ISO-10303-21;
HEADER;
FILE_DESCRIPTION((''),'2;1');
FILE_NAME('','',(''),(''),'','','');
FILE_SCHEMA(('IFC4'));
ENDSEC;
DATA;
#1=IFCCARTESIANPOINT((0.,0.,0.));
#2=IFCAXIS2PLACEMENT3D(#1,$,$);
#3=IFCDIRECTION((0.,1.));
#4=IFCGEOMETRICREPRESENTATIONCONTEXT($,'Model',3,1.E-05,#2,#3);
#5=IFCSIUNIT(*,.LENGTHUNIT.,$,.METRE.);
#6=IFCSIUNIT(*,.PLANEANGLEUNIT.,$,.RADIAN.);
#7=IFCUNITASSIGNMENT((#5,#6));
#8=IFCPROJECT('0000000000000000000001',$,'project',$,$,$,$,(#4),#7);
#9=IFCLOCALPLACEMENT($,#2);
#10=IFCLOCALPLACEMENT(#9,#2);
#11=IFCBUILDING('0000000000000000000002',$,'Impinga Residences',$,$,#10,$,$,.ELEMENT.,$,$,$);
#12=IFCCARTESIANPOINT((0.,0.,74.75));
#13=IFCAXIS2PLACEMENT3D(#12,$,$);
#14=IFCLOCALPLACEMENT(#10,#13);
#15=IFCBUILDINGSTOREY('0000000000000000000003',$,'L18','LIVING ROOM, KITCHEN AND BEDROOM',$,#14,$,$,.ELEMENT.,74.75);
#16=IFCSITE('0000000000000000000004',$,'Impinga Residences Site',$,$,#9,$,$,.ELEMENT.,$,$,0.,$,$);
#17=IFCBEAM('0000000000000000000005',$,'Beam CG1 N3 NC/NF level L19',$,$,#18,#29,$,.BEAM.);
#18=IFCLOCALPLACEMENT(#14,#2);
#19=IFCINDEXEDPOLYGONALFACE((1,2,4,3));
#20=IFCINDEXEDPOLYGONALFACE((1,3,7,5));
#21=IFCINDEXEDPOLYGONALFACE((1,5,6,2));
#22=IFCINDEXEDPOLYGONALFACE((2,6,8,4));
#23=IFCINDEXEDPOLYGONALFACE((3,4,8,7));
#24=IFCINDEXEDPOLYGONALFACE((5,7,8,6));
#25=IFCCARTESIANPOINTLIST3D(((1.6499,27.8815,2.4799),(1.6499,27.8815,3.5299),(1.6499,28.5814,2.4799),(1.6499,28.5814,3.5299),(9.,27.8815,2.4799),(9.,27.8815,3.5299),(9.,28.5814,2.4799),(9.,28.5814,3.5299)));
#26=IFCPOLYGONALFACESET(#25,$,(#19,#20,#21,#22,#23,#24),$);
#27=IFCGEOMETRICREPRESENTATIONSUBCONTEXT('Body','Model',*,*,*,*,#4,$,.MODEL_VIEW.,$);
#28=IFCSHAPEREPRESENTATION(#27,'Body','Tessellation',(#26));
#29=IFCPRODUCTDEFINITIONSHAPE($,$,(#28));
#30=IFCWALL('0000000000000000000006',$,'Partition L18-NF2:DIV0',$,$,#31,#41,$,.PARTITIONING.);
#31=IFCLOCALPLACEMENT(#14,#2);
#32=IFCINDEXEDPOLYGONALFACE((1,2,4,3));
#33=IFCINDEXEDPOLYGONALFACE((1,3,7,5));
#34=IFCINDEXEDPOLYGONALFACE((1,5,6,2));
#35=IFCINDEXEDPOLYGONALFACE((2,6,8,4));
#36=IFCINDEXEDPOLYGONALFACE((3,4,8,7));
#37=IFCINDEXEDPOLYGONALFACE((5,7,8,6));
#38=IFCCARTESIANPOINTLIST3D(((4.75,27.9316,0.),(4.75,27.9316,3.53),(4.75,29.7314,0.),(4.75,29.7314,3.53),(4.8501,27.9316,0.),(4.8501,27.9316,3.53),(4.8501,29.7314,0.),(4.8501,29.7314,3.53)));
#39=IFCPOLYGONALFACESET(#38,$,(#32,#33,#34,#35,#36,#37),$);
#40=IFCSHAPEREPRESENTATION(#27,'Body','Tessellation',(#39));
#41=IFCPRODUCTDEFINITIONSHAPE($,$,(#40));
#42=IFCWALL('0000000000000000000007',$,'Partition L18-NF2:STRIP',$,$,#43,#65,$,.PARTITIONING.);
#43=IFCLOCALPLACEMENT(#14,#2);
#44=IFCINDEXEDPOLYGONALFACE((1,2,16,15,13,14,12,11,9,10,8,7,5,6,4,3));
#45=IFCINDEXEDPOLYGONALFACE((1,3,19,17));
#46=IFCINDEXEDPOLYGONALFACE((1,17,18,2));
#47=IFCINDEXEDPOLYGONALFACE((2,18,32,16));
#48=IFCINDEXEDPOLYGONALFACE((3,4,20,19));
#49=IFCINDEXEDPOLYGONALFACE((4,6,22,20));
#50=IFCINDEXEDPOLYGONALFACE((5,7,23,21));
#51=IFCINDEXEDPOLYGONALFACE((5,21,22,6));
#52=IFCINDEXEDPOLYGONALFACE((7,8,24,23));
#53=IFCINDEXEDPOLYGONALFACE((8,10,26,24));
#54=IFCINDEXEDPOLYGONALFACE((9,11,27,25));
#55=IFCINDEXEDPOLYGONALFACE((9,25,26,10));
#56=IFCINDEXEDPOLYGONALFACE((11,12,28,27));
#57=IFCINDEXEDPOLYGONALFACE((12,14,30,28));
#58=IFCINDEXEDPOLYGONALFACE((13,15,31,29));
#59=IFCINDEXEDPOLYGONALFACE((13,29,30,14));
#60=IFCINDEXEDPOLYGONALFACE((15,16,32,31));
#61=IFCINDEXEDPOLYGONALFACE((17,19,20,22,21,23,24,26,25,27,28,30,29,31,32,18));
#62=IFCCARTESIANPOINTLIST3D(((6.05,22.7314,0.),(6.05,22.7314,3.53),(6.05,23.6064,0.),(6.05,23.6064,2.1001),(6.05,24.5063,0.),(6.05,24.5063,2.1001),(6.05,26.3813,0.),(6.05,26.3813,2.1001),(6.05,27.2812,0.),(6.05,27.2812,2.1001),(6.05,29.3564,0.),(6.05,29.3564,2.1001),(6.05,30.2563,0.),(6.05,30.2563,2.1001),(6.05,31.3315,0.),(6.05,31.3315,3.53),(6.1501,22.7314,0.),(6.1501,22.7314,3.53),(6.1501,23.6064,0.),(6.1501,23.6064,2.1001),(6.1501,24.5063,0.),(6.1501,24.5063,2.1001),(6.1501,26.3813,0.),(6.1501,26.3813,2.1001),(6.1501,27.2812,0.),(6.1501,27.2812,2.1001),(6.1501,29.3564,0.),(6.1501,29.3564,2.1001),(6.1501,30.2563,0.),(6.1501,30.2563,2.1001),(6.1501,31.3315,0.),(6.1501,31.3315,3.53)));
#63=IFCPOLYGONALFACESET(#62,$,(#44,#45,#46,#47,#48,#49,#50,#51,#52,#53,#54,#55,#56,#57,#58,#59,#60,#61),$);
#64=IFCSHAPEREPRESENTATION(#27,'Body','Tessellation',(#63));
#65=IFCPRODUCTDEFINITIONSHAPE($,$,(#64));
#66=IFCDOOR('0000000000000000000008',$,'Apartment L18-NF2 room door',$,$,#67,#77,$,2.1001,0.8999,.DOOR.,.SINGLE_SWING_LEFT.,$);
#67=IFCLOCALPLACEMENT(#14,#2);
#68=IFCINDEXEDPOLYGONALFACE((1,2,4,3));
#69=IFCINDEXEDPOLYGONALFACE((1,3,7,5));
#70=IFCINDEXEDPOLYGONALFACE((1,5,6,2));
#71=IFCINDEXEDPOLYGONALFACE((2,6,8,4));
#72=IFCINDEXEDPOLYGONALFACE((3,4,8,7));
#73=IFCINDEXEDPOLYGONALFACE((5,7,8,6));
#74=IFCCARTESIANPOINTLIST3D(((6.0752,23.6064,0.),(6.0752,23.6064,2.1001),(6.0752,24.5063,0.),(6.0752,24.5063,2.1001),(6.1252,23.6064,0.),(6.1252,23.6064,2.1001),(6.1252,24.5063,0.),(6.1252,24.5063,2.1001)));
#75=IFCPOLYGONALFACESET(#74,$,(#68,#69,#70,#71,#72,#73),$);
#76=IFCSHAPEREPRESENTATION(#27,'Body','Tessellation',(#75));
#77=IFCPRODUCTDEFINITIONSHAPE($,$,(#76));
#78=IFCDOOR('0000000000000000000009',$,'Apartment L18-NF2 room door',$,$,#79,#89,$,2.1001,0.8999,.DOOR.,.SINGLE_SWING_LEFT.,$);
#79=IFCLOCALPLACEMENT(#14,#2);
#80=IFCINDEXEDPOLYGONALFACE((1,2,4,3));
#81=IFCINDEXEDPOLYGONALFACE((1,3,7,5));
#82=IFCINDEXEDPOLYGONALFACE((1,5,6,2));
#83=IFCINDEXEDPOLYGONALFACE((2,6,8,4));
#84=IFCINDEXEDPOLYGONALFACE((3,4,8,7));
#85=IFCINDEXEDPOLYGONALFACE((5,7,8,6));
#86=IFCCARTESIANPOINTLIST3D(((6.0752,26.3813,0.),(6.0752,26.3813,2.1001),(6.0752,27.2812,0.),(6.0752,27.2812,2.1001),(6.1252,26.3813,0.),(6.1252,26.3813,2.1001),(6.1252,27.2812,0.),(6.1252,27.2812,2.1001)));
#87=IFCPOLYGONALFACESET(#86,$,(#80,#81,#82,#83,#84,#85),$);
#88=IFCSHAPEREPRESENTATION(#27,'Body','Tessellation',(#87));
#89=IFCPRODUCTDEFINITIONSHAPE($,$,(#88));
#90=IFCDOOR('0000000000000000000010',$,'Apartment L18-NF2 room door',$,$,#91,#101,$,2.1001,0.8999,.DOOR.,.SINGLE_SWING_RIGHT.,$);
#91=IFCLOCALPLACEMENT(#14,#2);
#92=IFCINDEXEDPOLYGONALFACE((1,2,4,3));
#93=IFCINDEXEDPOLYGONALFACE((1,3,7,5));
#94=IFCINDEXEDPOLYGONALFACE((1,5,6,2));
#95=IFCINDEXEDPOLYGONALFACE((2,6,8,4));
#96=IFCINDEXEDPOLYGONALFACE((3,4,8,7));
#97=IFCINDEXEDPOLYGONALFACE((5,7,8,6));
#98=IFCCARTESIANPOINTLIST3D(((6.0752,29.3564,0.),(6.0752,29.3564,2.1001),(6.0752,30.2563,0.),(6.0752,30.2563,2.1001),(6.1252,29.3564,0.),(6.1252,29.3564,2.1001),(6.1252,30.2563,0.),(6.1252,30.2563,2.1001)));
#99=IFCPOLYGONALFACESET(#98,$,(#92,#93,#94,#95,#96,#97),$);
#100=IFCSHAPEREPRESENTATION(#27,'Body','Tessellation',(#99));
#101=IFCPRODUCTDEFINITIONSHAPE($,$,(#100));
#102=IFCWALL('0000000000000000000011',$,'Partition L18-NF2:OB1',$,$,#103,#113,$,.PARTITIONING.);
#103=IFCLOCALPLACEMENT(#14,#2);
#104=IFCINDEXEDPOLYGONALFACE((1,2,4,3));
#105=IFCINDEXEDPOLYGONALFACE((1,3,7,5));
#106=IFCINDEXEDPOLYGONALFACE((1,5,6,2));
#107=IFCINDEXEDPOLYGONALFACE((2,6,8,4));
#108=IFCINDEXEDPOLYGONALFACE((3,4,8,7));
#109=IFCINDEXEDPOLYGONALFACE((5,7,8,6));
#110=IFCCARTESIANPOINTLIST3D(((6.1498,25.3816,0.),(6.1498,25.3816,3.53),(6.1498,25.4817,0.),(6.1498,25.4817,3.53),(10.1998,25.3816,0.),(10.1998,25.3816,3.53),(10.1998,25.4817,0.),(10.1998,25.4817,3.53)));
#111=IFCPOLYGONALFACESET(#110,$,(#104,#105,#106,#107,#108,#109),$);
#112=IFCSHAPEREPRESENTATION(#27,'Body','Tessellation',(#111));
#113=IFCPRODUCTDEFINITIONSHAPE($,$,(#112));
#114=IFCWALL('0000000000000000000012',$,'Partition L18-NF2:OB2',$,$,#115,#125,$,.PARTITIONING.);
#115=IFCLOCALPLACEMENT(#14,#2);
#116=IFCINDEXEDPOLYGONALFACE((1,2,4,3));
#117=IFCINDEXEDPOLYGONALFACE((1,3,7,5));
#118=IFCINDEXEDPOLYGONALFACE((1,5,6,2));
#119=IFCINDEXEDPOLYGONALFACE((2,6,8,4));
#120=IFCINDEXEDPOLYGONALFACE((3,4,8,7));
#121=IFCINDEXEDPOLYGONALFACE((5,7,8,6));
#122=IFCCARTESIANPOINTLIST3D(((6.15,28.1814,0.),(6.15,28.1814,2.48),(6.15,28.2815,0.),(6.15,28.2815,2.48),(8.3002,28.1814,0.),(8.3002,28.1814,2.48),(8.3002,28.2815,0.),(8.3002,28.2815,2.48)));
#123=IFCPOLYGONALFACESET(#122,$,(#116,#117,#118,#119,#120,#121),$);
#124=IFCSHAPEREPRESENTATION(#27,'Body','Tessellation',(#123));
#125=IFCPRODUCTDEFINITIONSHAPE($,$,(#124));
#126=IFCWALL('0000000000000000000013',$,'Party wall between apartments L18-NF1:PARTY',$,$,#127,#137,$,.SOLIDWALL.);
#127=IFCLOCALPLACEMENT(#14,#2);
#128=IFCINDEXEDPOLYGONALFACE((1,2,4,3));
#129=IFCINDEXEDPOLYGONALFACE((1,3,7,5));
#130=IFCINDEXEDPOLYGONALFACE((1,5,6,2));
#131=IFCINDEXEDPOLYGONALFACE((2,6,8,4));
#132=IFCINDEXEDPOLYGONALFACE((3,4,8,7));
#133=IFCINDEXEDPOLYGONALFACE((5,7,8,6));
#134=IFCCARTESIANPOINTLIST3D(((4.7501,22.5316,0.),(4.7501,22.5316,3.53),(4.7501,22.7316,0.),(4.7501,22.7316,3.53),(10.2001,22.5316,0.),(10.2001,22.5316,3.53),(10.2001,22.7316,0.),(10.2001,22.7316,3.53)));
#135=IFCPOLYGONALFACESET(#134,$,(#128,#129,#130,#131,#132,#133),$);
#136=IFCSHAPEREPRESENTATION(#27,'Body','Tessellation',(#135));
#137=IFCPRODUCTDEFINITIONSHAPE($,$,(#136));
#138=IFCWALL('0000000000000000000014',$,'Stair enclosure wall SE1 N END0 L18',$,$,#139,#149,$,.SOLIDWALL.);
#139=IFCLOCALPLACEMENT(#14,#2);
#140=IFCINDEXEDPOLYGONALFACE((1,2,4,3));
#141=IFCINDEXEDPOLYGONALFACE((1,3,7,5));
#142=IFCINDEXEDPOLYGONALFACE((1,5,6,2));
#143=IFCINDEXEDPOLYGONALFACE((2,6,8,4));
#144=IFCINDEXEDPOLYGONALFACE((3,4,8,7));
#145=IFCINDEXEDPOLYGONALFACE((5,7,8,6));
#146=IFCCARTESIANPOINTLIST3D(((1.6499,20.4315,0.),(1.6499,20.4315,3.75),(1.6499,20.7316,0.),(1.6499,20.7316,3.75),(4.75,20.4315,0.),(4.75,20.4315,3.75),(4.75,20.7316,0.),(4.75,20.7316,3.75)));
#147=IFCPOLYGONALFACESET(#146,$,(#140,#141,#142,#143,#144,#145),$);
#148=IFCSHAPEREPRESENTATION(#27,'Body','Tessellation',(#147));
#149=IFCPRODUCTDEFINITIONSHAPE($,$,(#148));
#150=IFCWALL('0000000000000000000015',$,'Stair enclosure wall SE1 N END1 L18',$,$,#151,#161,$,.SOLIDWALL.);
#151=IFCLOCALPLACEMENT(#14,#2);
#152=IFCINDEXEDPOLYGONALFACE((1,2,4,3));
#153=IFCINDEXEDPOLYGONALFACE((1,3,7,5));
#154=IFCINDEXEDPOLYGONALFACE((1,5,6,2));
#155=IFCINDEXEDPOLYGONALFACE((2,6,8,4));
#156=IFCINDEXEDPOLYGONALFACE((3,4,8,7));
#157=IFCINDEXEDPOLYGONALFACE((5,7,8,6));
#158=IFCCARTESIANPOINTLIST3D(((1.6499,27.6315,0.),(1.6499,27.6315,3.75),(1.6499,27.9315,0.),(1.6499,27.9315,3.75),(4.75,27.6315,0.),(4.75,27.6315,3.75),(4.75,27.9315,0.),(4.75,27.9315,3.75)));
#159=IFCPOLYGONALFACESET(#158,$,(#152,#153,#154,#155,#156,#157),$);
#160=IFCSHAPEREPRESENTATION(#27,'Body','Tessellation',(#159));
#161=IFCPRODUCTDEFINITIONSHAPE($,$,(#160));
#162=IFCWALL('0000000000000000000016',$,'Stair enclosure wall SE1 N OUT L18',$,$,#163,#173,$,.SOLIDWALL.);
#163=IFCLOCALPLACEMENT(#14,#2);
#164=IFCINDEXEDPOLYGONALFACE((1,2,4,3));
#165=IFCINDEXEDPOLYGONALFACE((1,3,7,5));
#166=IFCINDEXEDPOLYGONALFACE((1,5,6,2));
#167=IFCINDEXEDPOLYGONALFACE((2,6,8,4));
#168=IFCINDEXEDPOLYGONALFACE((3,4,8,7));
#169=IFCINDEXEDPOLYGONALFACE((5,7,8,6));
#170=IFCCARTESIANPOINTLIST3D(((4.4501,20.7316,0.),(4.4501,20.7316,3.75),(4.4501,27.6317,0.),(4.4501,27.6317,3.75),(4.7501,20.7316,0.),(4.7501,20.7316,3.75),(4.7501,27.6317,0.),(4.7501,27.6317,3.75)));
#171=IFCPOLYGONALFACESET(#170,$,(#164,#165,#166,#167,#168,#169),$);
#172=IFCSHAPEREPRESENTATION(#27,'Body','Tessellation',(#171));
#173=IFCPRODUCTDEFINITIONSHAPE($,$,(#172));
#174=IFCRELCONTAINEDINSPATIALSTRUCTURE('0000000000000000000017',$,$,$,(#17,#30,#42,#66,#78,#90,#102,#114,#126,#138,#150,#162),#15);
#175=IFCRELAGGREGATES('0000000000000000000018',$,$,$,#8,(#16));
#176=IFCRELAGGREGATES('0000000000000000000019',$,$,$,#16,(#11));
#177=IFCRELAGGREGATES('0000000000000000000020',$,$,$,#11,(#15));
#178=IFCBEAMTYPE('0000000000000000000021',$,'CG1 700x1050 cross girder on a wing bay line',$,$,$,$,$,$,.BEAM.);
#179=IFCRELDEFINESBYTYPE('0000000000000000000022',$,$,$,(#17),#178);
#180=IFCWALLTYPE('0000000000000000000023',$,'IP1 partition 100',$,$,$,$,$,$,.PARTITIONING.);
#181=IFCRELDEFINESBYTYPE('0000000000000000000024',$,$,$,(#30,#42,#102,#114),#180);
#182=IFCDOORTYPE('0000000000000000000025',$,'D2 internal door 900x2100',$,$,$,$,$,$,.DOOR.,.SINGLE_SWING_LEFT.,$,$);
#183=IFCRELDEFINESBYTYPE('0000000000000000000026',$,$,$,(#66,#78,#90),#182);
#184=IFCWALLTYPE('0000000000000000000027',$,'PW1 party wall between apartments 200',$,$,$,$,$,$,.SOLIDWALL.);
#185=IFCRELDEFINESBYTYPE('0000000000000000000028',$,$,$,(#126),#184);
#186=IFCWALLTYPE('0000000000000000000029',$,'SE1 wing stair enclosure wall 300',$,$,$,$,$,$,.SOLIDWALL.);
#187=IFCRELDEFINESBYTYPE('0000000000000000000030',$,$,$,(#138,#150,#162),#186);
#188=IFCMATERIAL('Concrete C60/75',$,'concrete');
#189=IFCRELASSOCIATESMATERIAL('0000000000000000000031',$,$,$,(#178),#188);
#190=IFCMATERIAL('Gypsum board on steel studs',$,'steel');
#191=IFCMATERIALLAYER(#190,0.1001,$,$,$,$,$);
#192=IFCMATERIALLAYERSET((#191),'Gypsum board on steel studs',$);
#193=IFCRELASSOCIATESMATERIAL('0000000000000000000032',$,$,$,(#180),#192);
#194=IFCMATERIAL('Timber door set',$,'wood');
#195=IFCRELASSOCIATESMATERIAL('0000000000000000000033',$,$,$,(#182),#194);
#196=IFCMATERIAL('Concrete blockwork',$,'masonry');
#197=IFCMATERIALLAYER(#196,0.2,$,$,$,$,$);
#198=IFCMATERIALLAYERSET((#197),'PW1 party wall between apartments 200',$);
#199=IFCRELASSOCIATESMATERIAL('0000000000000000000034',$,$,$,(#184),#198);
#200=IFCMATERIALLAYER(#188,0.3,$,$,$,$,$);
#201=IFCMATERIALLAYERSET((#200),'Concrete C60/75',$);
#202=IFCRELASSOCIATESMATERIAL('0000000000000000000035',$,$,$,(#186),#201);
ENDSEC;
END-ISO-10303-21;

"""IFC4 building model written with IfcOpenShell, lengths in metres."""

from ifc_helpers import new_model, si_unit, direction, frame, frame_2d, origin, origin_2d, place, context, subcontext, project, spatial, rectangle, extrude, material, layer, layer_set, material_profile, profile_set, type_object, element, fill, save


model = new_model("IFC4")

# Units and contexts
model_context = context("Model", 3, precision=1e-05, world=origin(), true_north=direction((0.0, 1.0)))
body_context = subcontext(model_context, "Body", "Model", "MODEL_VIEW")
ifc_project = project(units=[si_unit("LENGTHUNIT", "METRE"), si_unit("PLANEANGLEUNIT", "RADIAN")], contexts=[model_context])

# Site, building, storey
site_placement = place(None, origin())
site = spatial("IfcSite", under=ifc_project, at=site_placement, Name="Impinga Residences Site", CompositionType="ELEMENT", RefElevation=0.0)
building_placement = place(site_placement, origin())
building = spatial("IfcBuilding", under=site, at=building_placement, Name="Impinga Residences", CompositionType="ELEMENT")
storey_placement = place(building_placement, frame((0.0, 0.0, 74.75)))
storey = spatial("IfcBuildingStorey", under=building, at=storey_placement, Name="L18", Description="LIVING ROOM, KITCHEN AND BEDROOM", CompositionType="ELEMENT", Elevation=74.75)

# Beam
ifc_material_1 = material(Name="Concrete C60/75", Category="concrete")
ifc_material_profile = material_profile(ifc_material_1, rectangle(XDim=0.7, YDim=1.05, at=origin_2d()), Name="RC 700x1050")
ifc_profile_set = profile_set([ifc_material_profile], Name="Concrete C60/75")
beam_type = type_object("IfcBeamType", Name="CG1 700x1050 cross girder on a wing bay line", PredefinedType="BEAM", material=ifc_profile_set)
beam_placement = place(storey_placement, frame((1.6499, 28.2314, 3.0049), z_axis=(1.0, 0.0, 0.0), x_axis=(0.0, 1.0, 0.0)))
element("IfcBeam", 1, at=beam_placement, inside=storey, type_object=beam_type, Name="Beam CG1 N3 NC/NF level L19", PredefinedType="BEAM", context=body_context, shape_type="SweptSolid", body=[
    extrude(rectangle(XDim=0.7, YDim=1.05, at=origin_2d()), origin(), (0.0, 0.0, 1.0), 7.3501),
])

# Wall
ifc_material_2 = material(Name="Gypsum board on steel studs", Category="steel")
ifc_layer_1 = layer(ifc_material_2, 0.1001)
ifc_layer_set_1 = layer_set([ifc_layer_1], Name="Gypsum board on steel studs")
wall_type_1 = type_object("IfcWallType", Name="IP1 partition 100", PredefinedType="PARTITIONING", material=ifc_layer_set_1)
wall_1_placement = place(storey_placement, frame((4.8, 27.9316, 0.0), z_axis=(0.0, 0.0, 1.0), x_axis=(0.0, 1.0, 0.0)))
element("IfcWall", 2, at=wall_1_placement, inside=storey, type_object=wall_type_1, Name="Partition L18-NF2:DIV0", PredefinedType="PARTITIONING", context=body_context, shape_type="SweptSolid", body=[
    extrude(rectangle(XDim=1.7998, YDim=0.1001, at=frame_2d((0.8999, 0.0))), origin(), (0.0, 0.0, 1.0), 3.53),
])

# Wall, openings, doors
wall_2_placement = place(storey_placement, frame((6.1001, 22.7314, 0.0), z_axis=(0.0, 0.0, 1.0), x_axis=(0.0, 1.0, 0.0)))
wall_2 = element("IfcWall", 3, at=wall_2_placement, inside=storey, type_object=wall_type_1, Name="Partition L18-NF2:STRIP", PredefinedType="PARTITIONING", context=body_context, shape_type="SweptSolid", body=[
    extrude(rectangle(XDim=8.6001, YDim=0.1001, at=frame_2d((4.3, 0.0))), origin(), (0.0, 0.0, 1.0), 3.53),
])
opening_1_placement = place(wall_2_placement, frame((0.875, 0.0, 0.0)))
opening_1 = element("IfcOpeningElement", 4, at=opening_1_placement, cuts=wall_2, PredefinedType="OPENING", context=body_context, shape_type="SweptSolid", body=[
    extrude(rectangle(XDim=0.8999, YDim=2.1001, at=frame_2d((0.45, 1.05))), frame((0.0, 0.0601, 0.0), z_axis=(0.0, -1.0, 0.0), x_axis=(1.0, 0.0, 0.0)), (0.0, 0.0, 1.0), 0.1201),
])
opening_2_placement = place(wall_2_placement, frame((3.6499, 0.0, 0.0)))
opening_2 = element("IfcOpeningElement", 5, at=opening_2_placement, cuts=wall_2, PredefinedType="OPENING", context=body_context, shape_type="SweptSolid", body=[
    extrude(rectangle(XDim=0.8999, YDim=2.1001, at=frame_2d((0.45, 1.05))), frame((0.0, 0.0601, 0.0), z_axis=(0.0, -1.0, 0.0), x_axis=(1.0, 0.0, 0.0)), (0.0, 0.0, 1.0), 0.1201),
])
opening_3_placement = place(wall_2_placement, frame((6.625, 0.0, 0.0)))
opening_3 = element("IfcOpeningElement", 6, at=opening_3_placement, cuts=wall_2, PredefinedType="OPENING", context=body_context, shape_type="SweptSolid", body=[
    extrude(rectangle(XDim=0.8999, YDim=2.1001, at=frame_2d((0.45, 1.05))), frame((0.0, 0.0601, 0.0), z_axis=(0.0, -1.0, 0.0), x_axis=(1.0, 0.0, 0.0)), (0.0, 0.0, 1.0), 0.1201),
])
ifc_material_3 = material(Name="Timber door set", Category="wood")
door_type = type_object("IfcDoorType", Name="D2 internal door 900x2100", OperationType="SINGLE_SWING_LEFT", PredefinedType="DOOR", material=ifc_material_3)
door_1_placement = place(opening_1_placement, origin())
door_1 = element("IfcDoor", 7, at=door_1_placement, inside=storey, type_object=door_type, Name="Apartment L18-NF2 room door", OperationType="SINGLE_SWING_LEFT", OverallHeight=2.1001, OverallWidth=0.8999, PredefinedType="DOOR", context=body_context, shape_type="SweptSolid", body=[
    extrude(rectangle(XDim=0.8999, YDim=2.1001, at=frame_2d((0.45, 1.05))), frame((0.0, 0.0249, 0.0), z_axis=(0.0, -1.0, 0.0), x_axis=(1.0, 0.0, 0.0)), (0.0, 0.0, 1.0), 0.05),
])
fill(opening_1, door_1)
door_2_placement = place(opening_2_placement, origin())
door_2 = element("IfcDoor", 8, at=door_2_placement, inside=storey, type_object=door_type, Name="Apartment L18-NF2 room door", OperationType="SINGLE_SWING_LEFT", OverallHeight=2.1001, OverallWidth=0.8999, PredefinedType="DOOR", context=body_context, shape_type="SweptSolid", body=[
    extrude(rectangle(XDim=0.8999, YDim=2.1001, at=frame_2d((0.45, 1.05))), frame((0.0, 0.0249, 0.0), z_axis=(0.0, -1.0, 0.0), x_axis=(1.0, 0.0, 0.0)), (0.0, 0.0, 1.0), 0.05),
])
fill(opening_2, door_2)
door_3_placement = place(opening_3_placement, origin())
door_3 = element("IfcDoor", 9, at=door_3_placement, inside=storey, type_object=door_type, Name="Apartment L18-NF2 room door", OperationType="SINGLE_SWING_RIGHT", OverallHeight=2.1001, OverallWidth=0.8999, PredefinedType="DOOR", context=body_context, shape_type="SweptSolid", body=[
    extrude(rectangle(XDim=0.8999, YDim=2.1001, at=frame_2d((0.45, 1.05))), frame((0.0, 0.0249, 0.0), z_axis=(0.0, -1.0, 0.0), x_axis=(1.0, 0.0, 0.0)), (0.0, 0.0, 1.0), 0.05),
])
fill(opening_3, door_3)

# Walls
wall_3_placement = place(storey_placement, frame((6.1499, 25.4316, 0.0), z_axis=(0.0, 0.0, 1.0), x_axis=(1.0, 0.0, 0.0)))
element("IfcWall", 10, at=wall_3_placement, inside=storey, type_object=wall_type_1, Name="Partition L18-NF2:OB1", PredefinedType="PARTITIONING", context=body_context, shape_type="SweptSolid", body=[
    extrude(rectangle(XDim=4.05, YDim=0.1001, at=frame_2d((2.0249, 0.0))), origin(), (0.0, 0.0, 1.0), 3.53),
])
wall_4_placement = place(storey_placement, frame((6.1499, 28.2314, 0.0), z_axis=(0.0, 0.0, 1.0), x_axis=(1.0, 0.0, 0.0)))
element("IfcWall", 11, at=wall_4_placement, inside=storey, type_object=wall_type_1, Name="Partition L18-NF2:OB2", PredefinedType="PARTITIONING", context=body_context, shape_type="SweptSolid", body=[
    extrude(rectangle(XDim=2.1501, YDim=0.1001, at=frame_2d((1.0752, 0.0))), origin(), (0.0, 0.0, 1.0), 2.48),
])
ifc_material_4 = material(Name="Concrete blockwork", Category="masonry")
ifc_layer_2 = layer(ifc_material_4, 0.2)
ifc_layer_set_2 = layer_set([ifc_layer_2], Name="PW1 party wall between apartments 200")
wall_type_2 = type_object("IfcWallType", Name="PW1 party wall between apartments 200", PredefinedType="SOLIDWALL", material=ifc_layer_set_2)
wall_5_placement = place(storey_placement, frame((4.75, 22.6316, 0.0), z_axis=(0.0, 0.0, 1.0), x_axis=(1.0, 0.0, 0.0)))
element("IfcWall", 12, at=wall_5_placement, inside=storey, type_object=wall_type_2, Name="Party wall between apartments L18-NF1:PARTY", PredefinedType="SOLIDWALL", context=body_context, shape_type="SweptSolid", body=[
    extrude(rectangle(XDim=5.45, YDim=0.2, at=frame_2d((2.7251, 0.0))), origin(), (0.0, 0.0, 1.0), 3.53),
])
ifc_layer_3 = layer(ifc_material_1, 0.3)
ifc_layer_set_3 = layer_set([ifc_layer_3], Name="Concrete C60/75")
wall_type_3 = type_object("IfcWallType", Name="SE1 wing stair enclosure wall 300", PredefinedType="SOLIDWALL", material=ifc_layer_set_3)
for number, where, z_axis, x_axis, name in (
    (13, (1.6499, 20.5815, 0.0), (0.0, 0.0, 1.0), (1.0, 0.0, 0.0), "Stair enclosure wall SE1 N END0 L18"),
    (14, (1.6499, 27.7815, 0.0), (0.0, 0.0, 1.0), (1.0, 0.0, 0.0), "Stair enclosure wall SE1 N END1 L18"),
):
    element("IfcWall", number, at=place(storey_placement, frame(where, z_axis=z_axis, x_axis=x_axis)), inside=storey, type_object=wall_type_3, Name=name, PredefinedType="SOLIDWALL", context=body_context, shape_type="SweptSolid", body=[
        extrude(rectangle(XDim=3.1001, YDim=0.3, at=frame_2d((1.55, 0.0))), origin(), (0.0, 0.0, 1.0), 3.75),
    ])
wall_6_placement = place(storey_placement, frame((4.6001, 20.7314, 0.0), z_axis=(0.0, 0.0, 1.0), x_axis=(0.0, 1.0, 0.0)))
element("IfcWall", 15, at=wall_6_placement, inside=storey, type_object=wall_type_3, Name="Stair enclosure wall SE1 N OUT L18", PredefinedType="SOLIDWALL", context=body_context, shape_type="SweptSolid", body=[
    extrude(rectangle(XDim=6.9001, YDim=0.3, at=frame_2d((3.4502, 0.0))), origin(), (0.0, 0.0, 1.0), 3.75),
])

save(model, "model.ifc")
